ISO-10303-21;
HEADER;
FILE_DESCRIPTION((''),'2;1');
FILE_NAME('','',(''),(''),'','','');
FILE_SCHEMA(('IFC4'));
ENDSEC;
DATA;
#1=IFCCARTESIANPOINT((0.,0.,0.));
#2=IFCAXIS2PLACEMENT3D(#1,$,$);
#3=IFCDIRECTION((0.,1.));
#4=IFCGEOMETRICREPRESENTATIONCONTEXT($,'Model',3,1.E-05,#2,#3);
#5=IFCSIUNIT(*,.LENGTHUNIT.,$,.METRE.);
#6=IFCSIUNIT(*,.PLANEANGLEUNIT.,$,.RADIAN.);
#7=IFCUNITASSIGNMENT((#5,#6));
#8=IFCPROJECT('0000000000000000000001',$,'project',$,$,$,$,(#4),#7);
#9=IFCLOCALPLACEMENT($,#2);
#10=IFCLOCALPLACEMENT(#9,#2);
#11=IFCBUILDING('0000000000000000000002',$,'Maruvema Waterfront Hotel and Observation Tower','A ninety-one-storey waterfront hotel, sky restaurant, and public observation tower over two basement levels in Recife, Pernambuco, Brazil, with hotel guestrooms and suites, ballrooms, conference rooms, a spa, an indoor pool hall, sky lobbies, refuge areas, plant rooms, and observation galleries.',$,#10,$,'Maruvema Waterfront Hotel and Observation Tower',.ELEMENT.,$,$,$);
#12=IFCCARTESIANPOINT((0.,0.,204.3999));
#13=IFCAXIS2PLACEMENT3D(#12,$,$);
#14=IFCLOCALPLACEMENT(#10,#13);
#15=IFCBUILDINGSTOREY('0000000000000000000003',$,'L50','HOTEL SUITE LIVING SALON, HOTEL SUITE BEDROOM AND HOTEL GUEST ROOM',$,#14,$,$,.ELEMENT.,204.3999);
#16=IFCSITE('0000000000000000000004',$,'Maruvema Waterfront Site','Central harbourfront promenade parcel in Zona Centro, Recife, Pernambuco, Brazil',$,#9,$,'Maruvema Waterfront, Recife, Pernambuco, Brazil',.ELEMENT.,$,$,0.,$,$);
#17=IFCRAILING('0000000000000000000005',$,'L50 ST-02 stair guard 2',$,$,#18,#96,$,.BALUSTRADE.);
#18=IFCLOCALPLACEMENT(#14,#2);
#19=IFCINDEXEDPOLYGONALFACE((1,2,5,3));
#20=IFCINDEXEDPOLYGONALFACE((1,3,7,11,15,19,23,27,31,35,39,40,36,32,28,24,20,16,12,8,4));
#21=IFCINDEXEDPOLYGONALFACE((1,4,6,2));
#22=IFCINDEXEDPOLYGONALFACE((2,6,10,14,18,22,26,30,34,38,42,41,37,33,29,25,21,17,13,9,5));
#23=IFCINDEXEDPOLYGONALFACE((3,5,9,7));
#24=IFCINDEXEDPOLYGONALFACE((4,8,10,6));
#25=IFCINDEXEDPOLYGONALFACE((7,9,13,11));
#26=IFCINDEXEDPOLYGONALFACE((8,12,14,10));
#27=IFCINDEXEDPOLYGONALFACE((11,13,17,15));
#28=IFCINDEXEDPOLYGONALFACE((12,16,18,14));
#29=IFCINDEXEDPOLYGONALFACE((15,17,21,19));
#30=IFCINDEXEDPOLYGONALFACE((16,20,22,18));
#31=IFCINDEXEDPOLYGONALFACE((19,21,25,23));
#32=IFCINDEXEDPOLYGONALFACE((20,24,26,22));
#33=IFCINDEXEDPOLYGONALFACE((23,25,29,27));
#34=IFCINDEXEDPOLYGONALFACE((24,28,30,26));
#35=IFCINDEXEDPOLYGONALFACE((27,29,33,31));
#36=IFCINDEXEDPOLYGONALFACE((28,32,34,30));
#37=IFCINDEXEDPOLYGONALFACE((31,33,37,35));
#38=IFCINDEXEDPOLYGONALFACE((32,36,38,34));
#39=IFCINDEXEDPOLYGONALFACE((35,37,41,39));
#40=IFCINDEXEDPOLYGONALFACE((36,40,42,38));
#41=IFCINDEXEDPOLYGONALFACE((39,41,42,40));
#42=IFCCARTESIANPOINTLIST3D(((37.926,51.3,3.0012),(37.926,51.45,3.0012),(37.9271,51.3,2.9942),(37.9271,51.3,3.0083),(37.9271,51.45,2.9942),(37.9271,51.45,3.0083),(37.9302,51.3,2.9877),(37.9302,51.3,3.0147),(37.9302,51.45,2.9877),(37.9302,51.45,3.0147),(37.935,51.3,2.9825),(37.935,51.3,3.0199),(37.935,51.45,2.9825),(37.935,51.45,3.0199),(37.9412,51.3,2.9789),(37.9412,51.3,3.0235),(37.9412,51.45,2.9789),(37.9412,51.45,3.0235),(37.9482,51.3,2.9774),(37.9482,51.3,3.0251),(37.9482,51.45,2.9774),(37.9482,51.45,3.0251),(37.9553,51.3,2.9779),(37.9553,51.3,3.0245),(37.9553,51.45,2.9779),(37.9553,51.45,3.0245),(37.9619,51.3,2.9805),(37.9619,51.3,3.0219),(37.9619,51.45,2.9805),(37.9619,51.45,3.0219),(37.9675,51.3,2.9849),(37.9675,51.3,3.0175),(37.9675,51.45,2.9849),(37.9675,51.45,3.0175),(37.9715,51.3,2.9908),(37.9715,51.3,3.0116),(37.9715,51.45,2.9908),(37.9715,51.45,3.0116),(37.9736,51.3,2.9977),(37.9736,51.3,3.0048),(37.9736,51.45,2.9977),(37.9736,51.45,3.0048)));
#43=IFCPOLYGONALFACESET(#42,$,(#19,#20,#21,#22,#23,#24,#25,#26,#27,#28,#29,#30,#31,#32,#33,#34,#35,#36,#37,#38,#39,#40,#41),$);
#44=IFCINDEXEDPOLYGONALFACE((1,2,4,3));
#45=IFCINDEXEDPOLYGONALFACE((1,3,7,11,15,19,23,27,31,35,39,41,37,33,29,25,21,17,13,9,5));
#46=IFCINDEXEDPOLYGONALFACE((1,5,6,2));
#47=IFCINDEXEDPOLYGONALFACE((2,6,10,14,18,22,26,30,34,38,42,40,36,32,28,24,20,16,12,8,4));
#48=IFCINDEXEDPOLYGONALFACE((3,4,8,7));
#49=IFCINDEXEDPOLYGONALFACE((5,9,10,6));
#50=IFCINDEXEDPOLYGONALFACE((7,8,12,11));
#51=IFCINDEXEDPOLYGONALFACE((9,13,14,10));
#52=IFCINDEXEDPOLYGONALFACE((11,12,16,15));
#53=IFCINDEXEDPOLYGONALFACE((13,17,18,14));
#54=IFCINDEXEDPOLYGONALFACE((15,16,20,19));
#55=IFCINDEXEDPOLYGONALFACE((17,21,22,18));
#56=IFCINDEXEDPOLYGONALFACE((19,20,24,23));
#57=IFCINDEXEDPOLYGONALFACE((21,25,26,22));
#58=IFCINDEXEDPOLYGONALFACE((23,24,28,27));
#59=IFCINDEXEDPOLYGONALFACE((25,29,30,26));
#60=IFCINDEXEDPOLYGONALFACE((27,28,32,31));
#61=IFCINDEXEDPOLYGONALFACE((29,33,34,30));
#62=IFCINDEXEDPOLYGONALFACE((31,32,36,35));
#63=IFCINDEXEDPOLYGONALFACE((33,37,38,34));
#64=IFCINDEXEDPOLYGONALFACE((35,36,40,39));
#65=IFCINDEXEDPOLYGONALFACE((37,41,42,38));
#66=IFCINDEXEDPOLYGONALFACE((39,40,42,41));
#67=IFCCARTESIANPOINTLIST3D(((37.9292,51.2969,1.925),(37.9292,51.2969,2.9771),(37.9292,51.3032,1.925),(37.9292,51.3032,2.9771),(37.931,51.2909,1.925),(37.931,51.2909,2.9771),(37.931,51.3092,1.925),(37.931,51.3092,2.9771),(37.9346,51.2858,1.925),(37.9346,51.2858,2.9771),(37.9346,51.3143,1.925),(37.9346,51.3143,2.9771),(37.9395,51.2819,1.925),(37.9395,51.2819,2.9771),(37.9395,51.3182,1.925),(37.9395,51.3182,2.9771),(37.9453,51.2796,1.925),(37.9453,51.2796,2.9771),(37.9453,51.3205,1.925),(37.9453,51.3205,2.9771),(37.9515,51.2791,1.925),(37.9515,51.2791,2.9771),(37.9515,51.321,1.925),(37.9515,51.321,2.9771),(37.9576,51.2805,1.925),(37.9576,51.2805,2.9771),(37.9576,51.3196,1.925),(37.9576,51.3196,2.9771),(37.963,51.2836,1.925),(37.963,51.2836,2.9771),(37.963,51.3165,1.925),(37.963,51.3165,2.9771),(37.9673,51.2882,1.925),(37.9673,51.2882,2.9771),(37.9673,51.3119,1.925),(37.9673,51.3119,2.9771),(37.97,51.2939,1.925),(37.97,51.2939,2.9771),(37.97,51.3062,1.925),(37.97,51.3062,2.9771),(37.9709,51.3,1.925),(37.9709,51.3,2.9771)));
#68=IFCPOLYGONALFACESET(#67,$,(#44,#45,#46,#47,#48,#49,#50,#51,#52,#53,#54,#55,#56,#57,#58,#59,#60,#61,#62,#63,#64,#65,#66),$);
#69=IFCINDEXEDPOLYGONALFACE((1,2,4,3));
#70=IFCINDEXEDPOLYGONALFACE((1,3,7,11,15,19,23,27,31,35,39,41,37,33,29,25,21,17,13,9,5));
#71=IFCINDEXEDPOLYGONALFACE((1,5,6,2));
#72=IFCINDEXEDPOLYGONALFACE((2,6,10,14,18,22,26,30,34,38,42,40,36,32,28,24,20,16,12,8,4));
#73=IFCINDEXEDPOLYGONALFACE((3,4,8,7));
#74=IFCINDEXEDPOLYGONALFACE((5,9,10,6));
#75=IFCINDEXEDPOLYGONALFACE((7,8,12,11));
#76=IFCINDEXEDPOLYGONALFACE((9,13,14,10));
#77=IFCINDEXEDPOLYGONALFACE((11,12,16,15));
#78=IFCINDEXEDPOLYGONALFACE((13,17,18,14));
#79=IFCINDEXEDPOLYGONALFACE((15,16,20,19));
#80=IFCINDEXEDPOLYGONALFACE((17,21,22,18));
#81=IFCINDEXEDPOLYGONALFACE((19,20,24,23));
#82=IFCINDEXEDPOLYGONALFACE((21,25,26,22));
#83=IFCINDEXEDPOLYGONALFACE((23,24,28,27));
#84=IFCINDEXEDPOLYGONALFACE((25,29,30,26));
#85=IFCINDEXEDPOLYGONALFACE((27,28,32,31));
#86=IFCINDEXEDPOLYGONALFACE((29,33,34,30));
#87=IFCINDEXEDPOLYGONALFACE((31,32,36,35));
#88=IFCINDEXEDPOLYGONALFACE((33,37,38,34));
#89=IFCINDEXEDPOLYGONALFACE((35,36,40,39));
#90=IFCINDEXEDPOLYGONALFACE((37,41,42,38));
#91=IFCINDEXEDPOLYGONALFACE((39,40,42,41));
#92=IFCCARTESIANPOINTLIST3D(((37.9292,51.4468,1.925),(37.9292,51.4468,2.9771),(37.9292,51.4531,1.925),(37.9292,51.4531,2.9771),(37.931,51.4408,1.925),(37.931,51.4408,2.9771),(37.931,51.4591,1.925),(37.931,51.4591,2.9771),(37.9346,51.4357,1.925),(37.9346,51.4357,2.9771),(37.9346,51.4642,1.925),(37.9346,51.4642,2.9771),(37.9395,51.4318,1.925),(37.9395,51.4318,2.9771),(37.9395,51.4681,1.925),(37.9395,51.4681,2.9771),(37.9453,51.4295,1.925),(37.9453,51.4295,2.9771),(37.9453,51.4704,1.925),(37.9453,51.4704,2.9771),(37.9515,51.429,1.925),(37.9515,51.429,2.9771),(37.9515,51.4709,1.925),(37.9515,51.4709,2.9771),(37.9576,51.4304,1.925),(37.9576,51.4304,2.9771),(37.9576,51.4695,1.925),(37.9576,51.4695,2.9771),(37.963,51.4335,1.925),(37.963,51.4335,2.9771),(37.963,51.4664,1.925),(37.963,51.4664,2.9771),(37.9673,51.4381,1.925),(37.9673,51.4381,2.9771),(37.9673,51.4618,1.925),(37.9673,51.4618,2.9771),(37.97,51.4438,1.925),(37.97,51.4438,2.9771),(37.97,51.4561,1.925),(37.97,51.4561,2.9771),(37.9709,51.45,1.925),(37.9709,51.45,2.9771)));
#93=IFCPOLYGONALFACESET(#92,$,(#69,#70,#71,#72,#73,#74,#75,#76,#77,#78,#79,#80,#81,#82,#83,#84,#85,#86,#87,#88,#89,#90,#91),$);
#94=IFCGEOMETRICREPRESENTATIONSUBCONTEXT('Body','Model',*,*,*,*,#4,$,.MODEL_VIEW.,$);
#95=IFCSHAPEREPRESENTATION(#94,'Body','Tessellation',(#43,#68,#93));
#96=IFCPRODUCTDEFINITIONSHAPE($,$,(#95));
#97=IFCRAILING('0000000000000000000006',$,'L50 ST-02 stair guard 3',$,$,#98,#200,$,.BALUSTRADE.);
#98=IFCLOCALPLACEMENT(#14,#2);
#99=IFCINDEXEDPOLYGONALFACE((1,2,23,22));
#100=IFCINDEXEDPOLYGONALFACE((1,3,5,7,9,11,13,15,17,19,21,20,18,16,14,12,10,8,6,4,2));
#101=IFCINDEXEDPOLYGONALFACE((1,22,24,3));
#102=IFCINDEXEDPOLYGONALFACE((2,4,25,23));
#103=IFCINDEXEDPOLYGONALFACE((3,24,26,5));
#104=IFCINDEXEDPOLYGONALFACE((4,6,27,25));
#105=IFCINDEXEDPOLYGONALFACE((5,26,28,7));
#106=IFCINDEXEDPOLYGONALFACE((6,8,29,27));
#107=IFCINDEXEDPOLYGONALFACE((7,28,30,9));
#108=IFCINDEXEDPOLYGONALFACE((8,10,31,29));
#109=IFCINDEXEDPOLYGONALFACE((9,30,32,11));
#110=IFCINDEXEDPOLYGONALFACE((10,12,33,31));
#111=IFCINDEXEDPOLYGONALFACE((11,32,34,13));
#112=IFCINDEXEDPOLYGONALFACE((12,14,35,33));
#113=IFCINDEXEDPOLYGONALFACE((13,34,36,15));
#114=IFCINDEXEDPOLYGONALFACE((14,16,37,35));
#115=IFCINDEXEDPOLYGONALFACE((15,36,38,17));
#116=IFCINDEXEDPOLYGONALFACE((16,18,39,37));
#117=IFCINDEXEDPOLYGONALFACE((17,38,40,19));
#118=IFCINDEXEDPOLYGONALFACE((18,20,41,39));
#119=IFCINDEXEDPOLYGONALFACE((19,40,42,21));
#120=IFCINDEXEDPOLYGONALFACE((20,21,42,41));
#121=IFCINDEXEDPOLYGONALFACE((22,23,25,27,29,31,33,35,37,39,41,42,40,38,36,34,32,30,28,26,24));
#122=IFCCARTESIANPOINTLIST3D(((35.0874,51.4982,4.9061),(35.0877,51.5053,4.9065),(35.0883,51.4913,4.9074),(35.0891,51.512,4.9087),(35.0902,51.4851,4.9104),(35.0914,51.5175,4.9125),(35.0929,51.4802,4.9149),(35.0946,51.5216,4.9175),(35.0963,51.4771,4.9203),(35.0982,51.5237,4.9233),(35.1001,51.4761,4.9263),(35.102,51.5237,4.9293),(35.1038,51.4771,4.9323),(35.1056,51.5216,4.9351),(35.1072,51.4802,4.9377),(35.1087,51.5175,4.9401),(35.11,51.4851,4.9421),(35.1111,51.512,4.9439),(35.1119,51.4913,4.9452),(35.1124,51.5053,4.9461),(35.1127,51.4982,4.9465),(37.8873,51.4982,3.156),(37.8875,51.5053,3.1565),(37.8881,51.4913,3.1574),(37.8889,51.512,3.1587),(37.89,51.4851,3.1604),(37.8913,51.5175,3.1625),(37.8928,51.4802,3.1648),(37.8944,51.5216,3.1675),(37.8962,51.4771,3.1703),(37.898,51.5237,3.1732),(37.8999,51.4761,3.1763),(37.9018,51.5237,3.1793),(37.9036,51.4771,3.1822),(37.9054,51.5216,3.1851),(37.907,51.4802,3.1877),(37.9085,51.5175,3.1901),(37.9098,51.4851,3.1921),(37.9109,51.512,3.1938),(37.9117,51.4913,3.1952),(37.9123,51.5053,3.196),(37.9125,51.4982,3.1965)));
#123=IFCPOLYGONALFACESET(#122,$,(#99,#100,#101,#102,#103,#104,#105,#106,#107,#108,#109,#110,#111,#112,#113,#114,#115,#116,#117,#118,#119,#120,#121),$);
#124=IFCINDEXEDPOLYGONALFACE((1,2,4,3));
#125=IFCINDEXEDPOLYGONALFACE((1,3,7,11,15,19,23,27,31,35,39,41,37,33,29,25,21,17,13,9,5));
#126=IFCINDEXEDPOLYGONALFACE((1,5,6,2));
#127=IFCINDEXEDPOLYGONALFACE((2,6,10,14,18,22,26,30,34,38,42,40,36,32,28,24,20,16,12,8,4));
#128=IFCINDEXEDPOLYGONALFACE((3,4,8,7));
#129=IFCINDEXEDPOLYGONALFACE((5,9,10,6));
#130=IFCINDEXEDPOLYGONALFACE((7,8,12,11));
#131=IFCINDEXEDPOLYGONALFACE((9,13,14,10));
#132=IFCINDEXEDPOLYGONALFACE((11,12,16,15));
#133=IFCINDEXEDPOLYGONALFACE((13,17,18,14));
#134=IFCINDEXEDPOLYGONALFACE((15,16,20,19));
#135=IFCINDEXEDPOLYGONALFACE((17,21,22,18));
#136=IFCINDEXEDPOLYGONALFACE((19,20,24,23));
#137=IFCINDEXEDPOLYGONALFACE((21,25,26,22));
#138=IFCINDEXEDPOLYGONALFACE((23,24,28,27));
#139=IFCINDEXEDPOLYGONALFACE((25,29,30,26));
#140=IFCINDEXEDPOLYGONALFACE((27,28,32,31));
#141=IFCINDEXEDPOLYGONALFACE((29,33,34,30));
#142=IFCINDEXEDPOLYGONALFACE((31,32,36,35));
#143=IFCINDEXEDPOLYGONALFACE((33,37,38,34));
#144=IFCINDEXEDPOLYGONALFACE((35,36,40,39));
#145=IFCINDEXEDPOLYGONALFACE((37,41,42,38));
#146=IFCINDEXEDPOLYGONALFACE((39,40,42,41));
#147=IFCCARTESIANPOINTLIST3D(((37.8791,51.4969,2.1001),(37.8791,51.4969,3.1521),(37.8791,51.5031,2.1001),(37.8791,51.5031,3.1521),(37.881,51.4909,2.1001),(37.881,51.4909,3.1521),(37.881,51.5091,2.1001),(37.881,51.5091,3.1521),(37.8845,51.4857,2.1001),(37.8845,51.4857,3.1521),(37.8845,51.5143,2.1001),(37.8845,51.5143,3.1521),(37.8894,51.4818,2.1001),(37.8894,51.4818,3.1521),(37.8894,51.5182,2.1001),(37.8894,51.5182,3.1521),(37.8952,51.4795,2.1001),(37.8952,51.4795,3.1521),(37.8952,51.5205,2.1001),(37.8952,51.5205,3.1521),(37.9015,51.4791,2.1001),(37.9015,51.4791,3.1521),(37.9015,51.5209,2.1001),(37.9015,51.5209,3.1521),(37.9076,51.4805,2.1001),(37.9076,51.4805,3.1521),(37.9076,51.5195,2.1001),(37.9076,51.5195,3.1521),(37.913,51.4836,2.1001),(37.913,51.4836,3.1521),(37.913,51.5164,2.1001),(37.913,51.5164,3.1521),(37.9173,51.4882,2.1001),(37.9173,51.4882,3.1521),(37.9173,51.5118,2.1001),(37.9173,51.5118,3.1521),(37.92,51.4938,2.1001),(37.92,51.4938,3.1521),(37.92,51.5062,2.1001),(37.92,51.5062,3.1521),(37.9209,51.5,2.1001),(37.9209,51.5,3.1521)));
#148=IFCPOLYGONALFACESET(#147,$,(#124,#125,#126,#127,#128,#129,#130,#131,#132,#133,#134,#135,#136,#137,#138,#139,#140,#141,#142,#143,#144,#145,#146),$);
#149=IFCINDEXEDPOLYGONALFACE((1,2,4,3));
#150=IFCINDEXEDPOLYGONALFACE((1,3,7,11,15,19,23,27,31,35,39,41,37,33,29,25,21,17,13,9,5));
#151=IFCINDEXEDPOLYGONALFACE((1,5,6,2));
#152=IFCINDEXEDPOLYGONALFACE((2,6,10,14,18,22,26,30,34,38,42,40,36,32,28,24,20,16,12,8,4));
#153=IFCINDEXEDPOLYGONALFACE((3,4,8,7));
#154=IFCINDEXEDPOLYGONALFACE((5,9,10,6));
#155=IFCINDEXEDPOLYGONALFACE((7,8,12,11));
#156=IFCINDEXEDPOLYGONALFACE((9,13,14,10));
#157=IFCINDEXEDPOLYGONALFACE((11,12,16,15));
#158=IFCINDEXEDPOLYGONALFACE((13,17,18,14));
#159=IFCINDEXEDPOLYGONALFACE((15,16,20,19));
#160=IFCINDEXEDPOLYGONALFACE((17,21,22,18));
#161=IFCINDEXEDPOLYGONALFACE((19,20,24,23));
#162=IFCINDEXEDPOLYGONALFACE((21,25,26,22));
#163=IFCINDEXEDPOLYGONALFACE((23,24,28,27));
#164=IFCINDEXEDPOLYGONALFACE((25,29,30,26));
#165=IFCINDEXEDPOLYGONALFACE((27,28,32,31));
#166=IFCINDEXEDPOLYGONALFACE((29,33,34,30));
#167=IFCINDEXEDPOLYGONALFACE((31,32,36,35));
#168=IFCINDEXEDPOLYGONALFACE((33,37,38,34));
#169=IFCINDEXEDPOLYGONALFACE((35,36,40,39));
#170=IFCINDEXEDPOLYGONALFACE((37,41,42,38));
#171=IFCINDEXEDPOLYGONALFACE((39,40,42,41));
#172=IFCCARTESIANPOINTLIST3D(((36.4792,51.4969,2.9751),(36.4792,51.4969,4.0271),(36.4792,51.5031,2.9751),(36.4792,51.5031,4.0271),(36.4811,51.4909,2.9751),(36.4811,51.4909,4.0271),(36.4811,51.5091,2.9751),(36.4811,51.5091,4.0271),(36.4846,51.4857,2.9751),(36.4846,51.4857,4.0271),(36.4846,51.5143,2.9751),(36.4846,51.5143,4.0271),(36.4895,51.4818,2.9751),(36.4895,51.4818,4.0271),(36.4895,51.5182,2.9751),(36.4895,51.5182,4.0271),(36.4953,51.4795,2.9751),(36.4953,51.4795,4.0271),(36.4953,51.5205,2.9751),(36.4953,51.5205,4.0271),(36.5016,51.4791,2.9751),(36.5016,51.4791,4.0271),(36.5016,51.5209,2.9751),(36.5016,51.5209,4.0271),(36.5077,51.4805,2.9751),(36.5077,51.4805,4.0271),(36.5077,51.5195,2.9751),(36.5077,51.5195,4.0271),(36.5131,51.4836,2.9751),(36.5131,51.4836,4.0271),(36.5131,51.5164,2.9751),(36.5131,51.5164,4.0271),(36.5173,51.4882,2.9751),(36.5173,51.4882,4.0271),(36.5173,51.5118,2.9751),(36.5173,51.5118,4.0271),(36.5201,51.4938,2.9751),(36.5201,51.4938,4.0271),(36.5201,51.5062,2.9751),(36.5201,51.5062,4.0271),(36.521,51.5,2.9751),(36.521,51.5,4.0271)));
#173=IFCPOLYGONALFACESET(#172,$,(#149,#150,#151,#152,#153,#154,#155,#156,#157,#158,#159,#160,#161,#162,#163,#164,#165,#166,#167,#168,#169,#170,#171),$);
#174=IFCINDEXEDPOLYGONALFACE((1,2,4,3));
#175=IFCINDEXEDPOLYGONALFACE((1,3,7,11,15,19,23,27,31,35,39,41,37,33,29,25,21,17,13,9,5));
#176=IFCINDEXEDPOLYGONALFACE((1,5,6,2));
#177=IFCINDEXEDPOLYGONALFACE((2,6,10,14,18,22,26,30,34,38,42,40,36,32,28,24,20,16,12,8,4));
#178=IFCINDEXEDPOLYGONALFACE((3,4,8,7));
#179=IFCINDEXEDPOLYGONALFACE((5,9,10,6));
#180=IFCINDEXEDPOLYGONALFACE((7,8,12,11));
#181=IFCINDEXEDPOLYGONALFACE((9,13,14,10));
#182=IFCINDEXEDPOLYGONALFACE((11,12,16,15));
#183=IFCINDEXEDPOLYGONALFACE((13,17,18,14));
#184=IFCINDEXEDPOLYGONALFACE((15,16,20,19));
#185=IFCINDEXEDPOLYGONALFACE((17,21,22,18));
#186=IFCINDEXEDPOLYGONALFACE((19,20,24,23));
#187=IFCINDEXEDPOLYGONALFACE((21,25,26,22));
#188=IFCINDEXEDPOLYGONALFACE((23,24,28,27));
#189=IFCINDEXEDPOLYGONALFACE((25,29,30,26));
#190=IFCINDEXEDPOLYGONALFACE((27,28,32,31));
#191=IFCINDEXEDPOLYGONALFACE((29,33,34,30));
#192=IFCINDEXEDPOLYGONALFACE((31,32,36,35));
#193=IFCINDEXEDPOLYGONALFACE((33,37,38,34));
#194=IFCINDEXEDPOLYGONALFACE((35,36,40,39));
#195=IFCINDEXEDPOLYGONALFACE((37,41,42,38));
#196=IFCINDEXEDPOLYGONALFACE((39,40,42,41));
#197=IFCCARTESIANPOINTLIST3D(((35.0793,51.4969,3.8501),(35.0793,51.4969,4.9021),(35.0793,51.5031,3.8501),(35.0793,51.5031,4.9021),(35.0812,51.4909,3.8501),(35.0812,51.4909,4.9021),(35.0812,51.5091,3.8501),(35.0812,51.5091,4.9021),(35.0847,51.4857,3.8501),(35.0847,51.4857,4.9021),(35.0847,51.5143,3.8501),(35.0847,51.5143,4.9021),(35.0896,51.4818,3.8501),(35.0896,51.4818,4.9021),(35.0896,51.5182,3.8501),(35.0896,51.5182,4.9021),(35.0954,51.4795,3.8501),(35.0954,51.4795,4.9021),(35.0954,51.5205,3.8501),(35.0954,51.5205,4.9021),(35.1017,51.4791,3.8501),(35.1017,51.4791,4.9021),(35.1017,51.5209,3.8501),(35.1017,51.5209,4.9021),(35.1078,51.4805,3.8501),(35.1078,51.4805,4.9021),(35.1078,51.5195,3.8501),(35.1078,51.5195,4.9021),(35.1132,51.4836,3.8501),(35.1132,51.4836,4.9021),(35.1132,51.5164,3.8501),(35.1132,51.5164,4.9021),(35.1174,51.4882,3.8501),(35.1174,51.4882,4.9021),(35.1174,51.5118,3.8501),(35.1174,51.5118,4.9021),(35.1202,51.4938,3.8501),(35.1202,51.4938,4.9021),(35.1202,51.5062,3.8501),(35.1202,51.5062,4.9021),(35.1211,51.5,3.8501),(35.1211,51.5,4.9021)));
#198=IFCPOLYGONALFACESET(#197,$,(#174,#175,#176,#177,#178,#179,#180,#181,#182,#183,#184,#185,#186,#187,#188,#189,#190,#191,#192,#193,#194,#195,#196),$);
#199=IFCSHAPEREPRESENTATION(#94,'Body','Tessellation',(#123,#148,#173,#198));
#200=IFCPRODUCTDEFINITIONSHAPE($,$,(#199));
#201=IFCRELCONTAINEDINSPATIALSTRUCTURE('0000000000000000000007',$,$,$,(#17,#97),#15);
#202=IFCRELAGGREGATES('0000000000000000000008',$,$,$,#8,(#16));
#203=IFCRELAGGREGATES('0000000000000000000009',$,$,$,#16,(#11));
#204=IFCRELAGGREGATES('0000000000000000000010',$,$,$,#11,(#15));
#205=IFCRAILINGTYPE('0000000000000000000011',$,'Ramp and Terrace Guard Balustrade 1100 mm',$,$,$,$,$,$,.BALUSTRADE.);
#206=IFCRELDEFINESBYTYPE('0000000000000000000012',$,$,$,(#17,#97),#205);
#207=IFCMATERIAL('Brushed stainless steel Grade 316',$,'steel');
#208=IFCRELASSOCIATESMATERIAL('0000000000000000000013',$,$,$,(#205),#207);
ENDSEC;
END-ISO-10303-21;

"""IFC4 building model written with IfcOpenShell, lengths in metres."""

from ifc_helpers import new_model, si_unit, direction, frame, origin, origin_2d, place, context, subcontext, project, spatial, circle, extrude, material, type_object, element, save


model = new_model("IFC4")

# Units and contexts
model_context = context("Model", 3, precision=1e-05, world=origin(), true_north=direction((0.0, 1.0)))
body_context = subcontext(model_context, "Body", "Model", "MODEL_VIEW")
ifc_project = project(units=[si_unit("LENGTHUNIT", "METRE"), si_unit("PLANEANGLEUNIT", "RADIAN")], contexts=[model_context])

# Site, building, storey
site_placement = place(None, origin())
site = spatial("IfcSite", under=ifc_project, at=site_placement, Name="Maruvema Waterfront Site", Description="Central harbourfront promenade parcel in Zona Centro, Recife, Pernambuco, Brazil", LongName="Maruvema Waterfront, Recife, Pernambuco, Brazil", CompositionType="ELEMENT", RefElevation=0.0)
building_placement = place(site_placement, origin())
building = spatial("IfcBuilding", under=site, at=building_placement, Name="Maruvema Waterfront Hotel and Observation Tower", Description="A ninety-one-storey waterfront hotel, sky restaurant, and public observation tower over two basement levels in Recife, Pernambuco, Brazil, with hotel guestrooms and suites, ballrooms, conference rooms, a spa, an indoor pool hall, sky lobbies, refuge areas, plant rooms, and observation galleries.", LongName="Maruvema Waterfront Hotel and Observation Tower", CompositionType="ELEMENT")
storey_placement = place(building_placement, frame((0.0, 0.0, 204.3999)))
storey = spatial("IfcBuildingStorey", under=building, at=storey_placement, Name="L50", Description="HOTEL SUITE LIVING SALON, HOTEL SUITE BEDROOM AND HOTEL GUEST ROOM", CompositionType="ELEMENT", Elevation=204.3999)

# Railings
ifc_material_1 = material(Name="Brushed stainless steel Grade 316", Category="steel")
railing_type_1 = type_object("IfcRailingType", Name="Ramp and Terrace Guard Balustrade 1100 mm", PredefinedType="BALUSTRADE", material=ifc_material_1)
railing_1_placement = place(storey_placement, frame((37.95, 51.3, 1.925)))
element("IfcRailing", 1, at=railing_1_placement, inside=storey, type_object=railing_type_1, Name="L50 ST-02 stair guard 2", PredefinedType="BALUSTRADE", context=body_context, shape_type="SweptSolid", body=[
    extrude(circle(Radius=0.0239, at=origin_2d()), frame((0.0, 0.0, 1.0762), z_axis=(0.0, 1.0, 0.0), x_axis=(-1.0, 0.0, 0.0)), (0.0, 0.0, 1.0), 0.1499),
    extrude(circle(Radius=0.021, at=origin_2d()), origin(), (0.0, 0.0, 1.0), 1.052),
    extrude(circle(Radius=0.021, at=origin_2d()), frame((0.0, 0.1499, 0.0)), (0.0, 0.0, 1.0), 1.052),
])
railing_2_placement = place(storey_placement, frame((37.8999, 51.5, 2.1001)))
element("IfcRailing", 2, at=railing_2_placement, inside=storey, type_object=railing_type_1, Name="L50 ST-02 stair guard 3", PredefinedType="BALUSTRADE", context=body_context, shape_type="SweptSolid", body=[
    extrude(circle(Radius=0.0239, at=origin_2d()), frame((0.0, 0.0, 1.0762), z_axis=(-0.847982, 0.0, 0.530026), x_axis=(0.0, -1.0, 0.0)), (0.0, 0.0, 1.0), 3.3018),
    extrude(circle(Radius=0.021, at=origin_2d()), origin(), (0.0, 0.0, 1.0), 1.052),
    extrude(circle(Radius=0.021, at=origin_2d()), frame((-1.3999, 0.0, 0.875)), (0.0, 0.0, 1.0), 1.052),
    extrude(circle(Radius=0.021, at=origin_2d()), frame((-2.7998, 0.0, 1.75)), (0.0, 0.0, 1.0), 1.052),
])

save(model, "model.ifc")
